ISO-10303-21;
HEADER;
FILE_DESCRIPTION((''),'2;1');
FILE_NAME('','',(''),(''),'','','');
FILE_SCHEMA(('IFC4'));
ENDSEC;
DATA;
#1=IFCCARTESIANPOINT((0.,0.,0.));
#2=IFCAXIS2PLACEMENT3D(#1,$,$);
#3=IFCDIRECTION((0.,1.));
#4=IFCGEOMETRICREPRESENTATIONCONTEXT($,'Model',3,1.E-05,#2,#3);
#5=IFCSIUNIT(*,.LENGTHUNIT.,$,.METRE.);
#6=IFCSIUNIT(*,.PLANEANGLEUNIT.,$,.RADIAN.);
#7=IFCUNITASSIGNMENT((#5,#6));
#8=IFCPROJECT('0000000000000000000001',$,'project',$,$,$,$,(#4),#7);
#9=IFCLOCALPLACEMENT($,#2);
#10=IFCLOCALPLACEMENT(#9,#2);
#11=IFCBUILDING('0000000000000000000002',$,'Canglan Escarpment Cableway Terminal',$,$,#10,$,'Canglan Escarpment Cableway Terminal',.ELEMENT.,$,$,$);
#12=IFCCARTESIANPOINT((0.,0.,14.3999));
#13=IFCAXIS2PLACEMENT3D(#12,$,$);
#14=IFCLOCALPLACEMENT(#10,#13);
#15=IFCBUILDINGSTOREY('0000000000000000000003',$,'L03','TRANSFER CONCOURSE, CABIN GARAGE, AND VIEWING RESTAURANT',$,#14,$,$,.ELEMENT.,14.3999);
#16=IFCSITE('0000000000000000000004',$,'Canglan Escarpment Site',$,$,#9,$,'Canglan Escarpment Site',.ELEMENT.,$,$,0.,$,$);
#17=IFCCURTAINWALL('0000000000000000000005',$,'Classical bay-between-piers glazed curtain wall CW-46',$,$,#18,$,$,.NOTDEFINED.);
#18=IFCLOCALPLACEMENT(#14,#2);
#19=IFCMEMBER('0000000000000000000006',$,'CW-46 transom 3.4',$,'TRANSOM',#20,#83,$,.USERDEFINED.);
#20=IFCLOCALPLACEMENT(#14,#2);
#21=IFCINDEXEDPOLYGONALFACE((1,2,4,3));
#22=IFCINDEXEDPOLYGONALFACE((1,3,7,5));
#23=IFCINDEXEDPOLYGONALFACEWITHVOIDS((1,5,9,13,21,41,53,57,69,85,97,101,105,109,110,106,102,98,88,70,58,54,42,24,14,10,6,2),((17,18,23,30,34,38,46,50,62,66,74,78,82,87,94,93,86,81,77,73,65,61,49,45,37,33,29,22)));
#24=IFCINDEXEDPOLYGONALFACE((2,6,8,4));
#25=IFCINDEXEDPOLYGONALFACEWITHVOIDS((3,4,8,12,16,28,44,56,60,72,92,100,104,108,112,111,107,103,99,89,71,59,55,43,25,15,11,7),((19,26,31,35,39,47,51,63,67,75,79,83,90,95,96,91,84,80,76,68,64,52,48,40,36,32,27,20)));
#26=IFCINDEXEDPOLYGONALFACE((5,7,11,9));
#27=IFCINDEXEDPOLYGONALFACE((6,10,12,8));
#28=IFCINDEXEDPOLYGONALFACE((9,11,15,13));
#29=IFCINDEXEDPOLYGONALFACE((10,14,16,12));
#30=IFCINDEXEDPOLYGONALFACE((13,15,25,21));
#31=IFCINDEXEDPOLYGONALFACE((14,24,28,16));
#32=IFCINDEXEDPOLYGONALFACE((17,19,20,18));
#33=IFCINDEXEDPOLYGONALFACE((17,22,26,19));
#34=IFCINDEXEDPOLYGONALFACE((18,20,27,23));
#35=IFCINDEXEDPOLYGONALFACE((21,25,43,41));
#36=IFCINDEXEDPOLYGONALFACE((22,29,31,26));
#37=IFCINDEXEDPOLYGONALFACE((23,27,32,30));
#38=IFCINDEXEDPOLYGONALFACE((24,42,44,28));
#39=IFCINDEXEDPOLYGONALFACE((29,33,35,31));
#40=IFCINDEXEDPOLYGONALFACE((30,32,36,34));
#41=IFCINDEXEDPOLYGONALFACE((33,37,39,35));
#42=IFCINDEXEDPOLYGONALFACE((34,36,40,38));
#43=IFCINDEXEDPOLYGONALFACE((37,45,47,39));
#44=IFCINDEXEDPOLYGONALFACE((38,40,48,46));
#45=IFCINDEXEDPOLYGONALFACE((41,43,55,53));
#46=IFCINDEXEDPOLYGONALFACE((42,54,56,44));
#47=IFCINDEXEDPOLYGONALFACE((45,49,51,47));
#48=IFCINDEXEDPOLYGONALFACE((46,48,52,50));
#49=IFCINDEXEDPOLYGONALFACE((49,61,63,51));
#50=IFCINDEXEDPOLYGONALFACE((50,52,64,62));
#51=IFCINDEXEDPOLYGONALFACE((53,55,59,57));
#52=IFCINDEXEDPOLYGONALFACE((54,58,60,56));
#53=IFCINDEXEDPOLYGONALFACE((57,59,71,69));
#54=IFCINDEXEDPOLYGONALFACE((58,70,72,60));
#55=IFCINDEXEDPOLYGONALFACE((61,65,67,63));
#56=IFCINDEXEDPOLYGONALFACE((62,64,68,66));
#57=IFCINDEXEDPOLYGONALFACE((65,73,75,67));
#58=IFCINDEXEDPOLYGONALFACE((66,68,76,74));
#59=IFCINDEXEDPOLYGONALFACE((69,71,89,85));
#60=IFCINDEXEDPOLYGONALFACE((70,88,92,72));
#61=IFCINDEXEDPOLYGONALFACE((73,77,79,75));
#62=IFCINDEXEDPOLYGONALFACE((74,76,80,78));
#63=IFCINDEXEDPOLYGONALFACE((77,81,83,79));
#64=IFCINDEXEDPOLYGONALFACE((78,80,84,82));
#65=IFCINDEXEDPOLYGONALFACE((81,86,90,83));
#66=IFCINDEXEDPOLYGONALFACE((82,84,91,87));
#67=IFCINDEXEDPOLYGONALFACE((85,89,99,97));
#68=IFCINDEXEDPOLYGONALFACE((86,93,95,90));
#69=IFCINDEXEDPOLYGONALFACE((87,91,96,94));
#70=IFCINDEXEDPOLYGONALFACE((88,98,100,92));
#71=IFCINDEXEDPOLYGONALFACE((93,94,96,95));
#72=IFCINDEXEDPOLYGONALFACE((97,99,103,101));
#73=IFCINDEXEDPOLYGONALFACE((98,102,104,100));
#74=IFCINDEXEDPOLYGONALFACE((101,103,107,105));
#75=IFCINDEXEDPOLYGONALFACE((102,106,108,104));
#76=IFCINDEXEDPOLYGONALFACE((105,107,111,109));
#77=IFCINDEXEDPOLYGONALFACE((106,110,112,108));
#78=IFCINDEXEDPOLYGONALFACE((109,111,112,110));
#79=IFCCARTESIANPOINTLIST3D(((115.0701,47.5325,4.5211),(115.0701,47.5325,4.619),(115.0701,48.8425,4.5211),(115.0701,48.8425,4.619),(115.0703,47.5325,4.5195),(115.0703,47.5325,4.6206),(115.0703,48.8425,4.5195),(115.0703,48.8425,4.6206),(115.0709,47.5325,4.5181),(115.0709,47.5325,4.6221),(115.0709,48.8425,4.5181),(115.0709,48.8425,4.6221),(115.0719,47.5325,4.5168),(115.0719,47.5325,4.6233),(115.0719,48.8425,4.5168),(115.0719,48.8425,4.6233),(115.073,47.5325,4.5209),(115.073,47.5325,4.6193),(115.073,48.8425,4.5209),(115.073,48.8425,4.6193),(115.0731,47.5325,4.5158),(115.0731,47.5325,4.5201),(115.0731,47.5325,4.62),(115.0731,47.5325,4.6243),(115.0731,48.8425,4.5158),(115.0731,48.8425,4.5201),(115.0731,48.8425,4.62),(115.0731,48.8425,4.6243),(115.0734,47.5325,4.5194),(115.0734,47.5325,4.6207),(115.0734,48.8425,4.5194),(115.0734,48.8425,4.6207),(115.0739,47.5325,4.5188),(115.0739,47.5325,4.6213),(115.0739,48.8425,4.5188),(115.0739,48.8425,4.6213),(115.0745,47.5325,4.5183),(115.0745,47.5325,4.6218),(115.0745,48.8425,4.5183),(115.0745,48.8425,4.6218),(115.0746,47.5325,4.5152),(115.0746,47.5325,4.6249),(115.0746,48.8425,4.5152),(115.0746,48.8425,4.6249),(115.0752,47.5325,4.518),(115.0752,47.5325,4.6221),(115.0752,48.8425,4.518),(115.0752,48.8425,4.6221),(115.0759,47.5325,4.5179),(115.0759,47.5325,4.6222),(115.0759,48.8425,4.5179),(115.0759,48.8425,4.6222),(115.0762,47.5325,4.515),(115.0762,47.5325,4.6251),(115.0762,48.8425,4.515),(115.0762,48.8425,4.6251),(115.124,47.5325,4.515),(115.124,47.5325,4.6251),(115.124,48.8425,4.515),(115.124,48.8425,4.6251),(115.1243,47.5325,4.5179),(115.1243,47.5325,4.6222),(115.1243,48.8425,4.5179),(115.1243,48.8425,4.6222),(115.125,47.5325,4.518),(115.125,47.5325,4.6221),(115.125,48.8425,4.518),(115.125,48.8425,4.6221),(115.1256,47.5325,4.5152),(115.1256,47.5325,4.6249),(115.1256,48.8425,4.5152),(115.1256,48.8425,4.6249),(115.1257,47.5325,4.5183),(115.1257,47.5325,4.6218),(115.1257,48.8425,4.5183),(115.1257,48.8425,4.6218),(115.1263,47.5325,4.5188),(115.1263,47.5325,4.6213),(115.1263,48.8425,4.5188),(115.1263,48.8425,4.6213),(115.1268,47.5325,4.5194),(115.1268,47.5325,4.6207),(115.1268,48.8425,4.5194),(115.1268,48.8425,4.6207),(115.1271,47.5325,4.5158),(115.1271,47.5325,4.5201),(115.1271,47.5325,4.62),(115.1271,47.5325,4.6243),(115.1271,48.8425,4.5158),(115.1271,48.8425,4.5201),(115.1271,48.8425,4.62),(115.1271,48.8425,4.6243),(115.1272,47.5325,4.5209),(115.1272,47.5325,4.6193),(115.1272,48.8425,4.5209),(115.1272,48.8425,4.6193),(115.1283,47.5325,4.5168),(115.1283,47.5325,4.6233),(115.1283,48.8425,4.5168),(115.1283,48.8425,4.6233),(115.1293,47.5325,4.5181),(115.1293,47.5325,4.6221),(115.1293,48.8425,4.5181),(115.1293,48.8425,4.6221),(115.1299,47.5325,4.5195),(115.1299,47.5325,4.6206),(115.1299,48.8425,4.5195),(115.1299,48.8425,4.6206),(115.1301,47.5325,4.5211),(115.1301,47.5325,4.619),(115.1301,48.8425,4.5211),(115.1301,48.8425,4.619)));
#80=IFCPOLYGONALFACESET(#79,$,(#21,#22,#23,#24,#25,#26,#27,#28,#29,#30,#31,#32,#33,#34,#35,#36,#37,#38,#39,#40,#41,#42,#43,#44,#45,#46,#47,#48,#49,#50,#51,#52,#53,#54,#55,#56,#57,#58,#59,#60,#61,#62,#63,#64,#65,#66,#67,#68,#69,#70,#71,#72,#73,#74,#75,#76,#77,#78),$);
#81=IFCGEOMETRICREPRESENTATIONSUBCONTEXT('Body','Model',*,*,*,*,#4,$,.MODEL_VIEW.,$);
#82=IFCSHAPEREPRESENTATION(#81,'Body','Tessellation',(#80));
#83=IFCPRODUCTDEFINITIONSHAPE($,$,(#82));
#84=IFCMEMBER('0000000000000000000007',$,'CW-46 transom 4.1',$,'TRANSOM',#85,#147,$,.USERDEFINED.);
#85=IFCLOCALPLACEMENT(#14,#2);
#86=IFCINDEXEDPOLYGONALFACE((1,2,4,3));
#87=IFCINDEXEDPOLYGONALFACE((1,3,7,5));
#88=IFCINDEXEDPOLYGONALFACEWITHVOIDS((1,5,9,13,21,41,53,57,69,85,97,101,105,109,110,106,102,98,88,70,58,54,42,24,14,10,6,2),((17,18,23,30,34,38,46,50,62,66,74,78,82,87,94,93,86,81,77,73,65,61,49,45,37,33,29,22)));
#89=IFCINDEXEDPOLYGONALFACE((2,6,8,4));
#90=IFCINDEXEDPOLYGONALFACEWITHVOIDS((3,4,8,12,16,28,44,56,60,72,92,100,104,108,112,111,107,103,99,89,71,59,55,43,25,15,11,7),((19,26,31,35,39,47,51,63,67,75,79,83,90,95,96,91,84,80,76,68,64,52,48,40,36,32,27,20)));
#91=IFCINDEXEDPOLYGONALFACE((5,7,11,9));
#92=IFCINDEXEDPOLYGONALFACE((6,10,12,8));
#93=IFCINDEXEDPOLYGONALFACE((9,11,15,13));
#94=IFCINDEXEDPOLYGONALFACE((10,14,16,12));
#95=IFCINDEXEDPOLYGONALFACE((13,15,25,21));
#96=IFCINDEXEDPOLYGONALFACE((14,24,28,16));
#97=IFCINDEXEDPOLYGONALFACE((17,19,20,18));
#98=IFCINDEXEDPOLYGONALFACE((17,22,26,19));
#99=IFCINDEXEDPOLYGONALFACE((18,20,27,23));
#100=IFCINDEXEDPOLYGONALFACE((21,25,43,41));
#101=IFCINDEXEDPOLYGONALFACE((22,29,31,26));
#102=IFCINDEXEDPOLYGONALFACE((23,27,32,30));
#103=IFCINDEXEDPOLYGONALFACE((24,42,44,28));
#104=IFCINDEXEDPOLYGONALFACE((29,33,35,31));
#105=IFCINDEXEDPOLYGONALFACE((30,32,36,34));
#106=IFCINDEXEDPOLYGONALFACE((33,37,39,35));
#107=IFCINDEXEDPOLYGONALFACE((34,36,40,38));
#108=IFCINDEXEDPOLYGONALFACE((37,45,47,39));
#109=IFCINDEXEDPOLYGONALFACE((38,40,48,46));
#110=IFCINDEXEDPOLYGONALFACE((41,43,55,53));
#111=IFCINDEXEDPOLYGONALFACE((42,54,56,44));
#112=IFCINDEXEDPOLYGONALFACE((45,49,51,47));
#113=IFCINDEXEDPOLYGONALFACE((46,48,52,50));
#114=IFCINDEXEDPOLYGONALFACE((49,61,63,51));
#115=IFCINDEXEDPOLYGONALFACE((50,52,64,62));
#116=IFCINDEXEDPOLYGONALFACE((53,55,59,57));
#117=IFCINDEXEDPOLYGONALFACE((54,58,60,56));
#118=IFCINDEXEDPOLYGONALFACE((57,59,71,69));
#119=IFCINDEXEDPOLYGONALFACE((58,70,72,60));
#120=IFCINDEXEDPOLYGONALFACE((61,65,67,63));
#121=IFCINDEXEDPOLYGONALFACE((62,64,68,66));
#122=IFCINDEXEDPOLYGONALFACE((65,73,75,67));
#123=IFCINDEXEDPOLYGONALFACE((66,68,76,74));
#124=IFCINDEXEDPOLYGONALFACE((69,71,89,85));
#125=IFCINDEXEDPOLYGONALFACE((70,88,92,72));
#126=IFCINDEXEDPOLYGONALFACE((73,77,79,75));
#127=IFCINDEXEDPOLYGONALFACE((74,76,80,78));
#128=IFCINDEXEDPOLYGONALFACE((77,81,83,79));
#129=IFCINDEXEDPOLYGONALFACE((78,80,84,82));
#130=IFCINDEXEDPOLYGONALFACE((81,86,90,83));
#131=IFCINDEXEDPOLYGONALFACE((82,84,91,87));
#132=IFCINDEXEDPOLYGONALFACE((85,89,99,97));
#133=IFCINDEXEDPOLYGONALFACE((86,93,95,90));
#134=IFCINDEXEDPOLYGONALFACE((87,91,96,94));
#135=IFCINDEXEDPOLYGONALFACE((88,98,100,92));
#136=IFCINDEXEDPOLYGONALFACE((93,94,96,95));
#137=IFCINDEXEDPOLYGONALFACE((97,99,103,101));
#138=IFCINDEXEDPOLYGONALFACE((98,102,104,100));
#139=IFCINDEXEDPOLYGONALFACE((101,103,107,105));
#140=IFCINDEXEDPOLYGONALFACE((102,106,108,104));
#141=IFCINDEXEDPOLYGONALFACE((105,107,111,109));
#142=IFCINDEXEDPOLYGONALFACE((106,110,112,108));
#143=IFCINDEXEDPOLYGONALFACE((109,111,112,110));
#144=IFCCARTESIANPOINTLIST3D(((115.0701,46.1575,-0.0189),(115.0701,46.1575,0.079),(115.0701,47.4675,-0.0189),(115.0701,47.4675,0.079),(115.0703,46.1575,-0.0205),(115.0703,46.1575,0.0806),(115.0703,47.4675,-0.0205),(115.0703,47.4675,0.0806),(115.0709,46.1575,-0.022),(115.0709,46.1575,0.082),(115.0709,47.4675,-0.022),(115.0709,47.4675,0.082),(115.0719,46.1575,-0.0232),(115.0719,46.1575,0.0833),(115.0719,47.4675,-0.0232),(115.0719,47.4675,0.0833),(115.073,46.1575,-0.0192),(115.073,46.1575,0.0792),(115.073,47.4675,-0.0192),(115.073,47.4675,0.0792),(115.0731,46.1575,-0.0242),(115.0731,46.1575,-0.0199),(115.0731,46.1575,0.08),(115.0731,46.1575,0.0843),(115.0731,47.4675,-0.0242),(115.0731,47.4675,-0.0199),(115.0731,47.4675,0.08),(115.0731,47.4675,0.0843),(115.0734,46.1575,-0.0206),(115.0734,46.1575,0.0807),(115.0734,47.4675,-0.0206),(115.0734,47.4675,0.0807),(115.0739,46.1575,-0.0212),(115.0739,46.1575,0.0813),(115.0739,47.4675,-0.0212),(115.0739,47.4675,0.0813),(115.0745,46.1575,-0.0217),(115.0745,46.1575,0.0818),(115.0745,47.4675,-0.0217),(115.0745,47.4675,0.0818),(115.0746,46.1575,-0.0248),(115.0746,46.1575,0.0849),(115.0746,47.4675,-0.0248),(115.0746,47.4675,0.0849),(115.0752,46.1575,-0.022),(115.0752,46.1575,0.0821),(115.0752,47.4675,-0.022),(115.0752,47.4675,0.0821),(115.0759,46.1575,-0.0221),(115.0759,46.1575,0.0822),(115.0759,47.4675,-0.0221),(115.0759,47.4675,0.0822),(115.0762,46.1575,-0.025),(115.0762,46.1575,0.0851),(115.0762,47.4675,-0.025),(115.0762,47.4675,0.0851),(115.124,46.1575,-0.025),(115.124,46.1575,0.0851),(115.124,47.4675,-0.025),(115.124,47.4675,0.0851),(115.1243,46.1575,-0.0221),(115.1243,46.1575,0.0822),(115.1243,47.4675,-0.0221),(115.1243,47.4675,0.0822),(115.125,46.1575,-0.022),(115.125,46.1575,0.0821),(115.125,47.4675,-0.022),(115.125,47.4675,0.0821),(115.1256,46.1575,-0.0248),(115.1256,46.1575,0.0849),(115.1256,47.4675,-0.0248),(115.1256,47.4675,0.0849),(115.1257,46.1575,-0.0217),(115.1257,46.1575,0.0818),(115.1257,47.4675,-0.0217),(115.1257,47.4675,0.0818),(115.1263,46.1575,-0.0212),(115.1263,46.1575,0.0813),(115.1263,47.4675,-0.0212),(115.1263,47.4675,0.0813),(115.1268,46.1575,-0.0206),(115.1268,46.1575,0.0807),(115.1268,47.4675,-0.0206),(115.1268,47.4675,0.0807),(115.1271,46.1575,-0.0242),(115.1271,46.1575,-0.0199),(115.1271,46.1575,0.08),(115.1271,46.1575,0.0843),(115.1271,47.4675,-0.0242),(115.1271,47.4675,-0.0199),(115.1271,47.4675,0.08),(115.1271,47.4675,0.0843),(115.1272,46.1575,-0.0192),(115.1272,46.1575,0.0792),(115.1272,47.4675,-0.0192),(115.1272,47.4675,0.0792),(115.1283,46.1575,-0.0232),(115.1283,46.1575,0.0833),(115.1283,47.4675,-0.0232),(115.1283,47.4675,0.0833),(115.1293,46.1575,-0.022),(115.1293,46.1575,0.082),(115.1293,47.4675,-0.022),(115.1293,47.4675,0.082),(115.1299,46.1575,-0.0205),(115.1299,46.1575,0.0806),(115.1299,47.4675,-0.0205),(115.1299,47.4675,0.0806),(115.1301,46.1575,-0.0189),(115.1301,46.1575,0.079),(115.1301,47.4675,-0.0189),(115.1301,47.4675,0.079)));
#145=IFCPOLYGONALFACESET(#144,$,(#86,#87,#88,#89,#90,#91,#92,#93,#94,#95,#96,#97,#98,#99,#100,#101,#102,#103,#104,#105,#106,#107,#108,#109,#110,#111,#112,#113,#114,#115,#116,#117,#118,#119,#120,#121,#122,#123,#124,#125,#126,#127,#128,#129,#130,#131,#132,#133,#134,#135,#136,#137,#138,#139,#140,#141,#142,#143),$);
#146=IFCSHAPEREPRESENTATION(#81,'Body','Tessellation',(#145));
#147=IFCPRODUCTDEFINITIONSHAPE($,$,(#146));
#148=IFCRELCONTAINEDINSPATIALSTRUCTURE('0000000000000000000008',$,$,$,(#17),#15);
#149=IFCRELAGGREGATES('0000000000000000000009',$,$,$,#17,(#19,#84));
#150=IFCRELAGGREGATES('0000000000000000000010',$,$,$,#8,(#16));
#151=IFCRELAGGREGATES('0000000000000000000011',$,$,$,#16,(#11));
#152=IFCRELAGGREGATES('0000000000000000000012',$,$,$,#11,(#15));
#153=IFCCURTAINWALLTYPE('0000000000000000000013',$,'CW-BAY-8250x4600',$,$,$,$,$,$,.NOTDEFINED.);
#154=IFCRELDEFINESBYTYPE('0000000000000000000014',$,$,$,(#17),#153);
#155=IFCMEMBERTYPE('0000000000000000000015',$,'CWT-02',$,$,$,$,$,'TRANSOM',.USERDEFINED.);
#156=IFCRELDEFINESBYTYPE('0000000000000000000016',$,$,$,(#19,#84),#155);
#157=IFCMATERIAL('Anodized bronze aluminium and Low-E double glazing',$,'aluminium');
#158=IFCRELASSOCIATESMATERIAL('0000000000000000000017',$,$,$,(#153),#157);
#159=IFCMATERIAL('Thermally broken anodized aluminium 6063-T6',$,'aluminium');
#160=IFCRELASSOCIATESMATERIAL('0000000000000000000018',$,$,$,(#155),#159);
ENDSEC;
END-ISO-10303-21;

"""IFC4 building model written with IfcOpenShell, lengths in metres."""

from ifc_helpers import new_model, si_unit, direction, frame, origin, origin_2d, place, context, subcontext, project, spatial, hollow_rectangle, extrude, material, material_profile, profile_set, type_object, element, aggregate, save


model = new_model("IFC4")

# Units and contexts
model_context = context("Model", 3, precision=1e-05, world=origin(), true_north=direction((0.0, 1.0)))
body_context = subcontext(model_context, "Body", "Model", "MODEL_VIEW")
ifc_project = project(units=[si_unit("LENGTHUNIT", "METRE"), si_unit("PLANEANGLEUNIT", "RADIAN")], contexts=[model_context])

# Site, building, storey
site_placement = place(None, origin())
site = spatial("IfcSite", under=ifc_project, at=site_placement, Name="Canglan Escarpment Site", LongName="Canglan Escarpment Site", CompositionType="ELEMENT", RefElevation=0.0)
building_placement = place(site_placement, origin())
building = spatial("IfcBuilding", under=site, at=building_placement, Name="Canglan Escarpment Cableway Terminal", LongName="Canglan Escarpment Cableway Terminal", CompositionType="ELEMENT")
storey_placement = place(building_placement, frame((0.0, 0.0, 14.3999)))
storey = spatial("IfcBuildingStorey", under=building, at=storey_placement, Name="L03", Description="TRANSFER CONCOURSE, CABIN GARAGE, AND VIEWING RESTAURANT", CompositionType="ELEMENT", Elevation=14.3999)

# Curtain wall, members
ifc_material_1 = material(Name="Anodized bronze aluminium and Low-E double glazing", Category="aluminium")
curtain_wall_type = type_object("IfcCurtainWallType", Name="CW-BAY-8250x4600", PredefinedType="NOTDEFINED", material=ifc_material_1)
curtain_wall_placement = place(storey_placement, origin())
curtain_wall = element("IfcCurtainWall", 1, at=curtain_wall_placement, inside=storey, type_object=curtain_wall_type, Name="Classical bay-between-piers glazed curtain wall CW-46", PredefinedType="NOTDEFINED")
ifc_material_2 = material(Name="Thermally broken anodized aluminium 6063-T6", Category="aluminium")
ifc_material_profile_1 = material_profile(ifc_material_2, hollow_rectangle(XDim=0.0601, YDim=0.1101, WallThickness=0.0029, InnerFilletRadius=0.0029, OuterFilletRadius=0.0061, at=origin_2d()), Name="ALU-TRAN 60x110x3")
ifc_profile_set_1 = profile_set([ifc_material_profile_1], Name="Thermally broken anodized aluminium 6063-T6")
member_type_1 = type_object("IfcMemberType", Name="CWT-02", ElementType="TRANSOM", PredefinedType="USERDEFINED", material=ifc_profile_set_1)
member_1_placement = place(storey_placement, frame((115.1001, 48.8425, 4.5701), z_axis=(0.0, -1.0, 0.0), x_axis=(1.0, 0.0, 0.0)))
member_1 = element("IfcMember", 2, at=member_1_placement, type_object=member_type_1, Name="CW-46 transom 3.4", ObjectType="TRANSOM", PredefinedType="USERDEFINED", context=body_context, shape_type="SweptSolid", body=[
    extrude(hollow_rectangle(XDim=0.0601, YDim=0.1101, WallThickness=0.0029, InnerFilletRadius=0.0029, OuterFilletRadius=0.0061, at=origin_2d()), origin(), (0.0, 0.0, 1.0), 1.3101),
])
member_2_placement = place(storey_placement, frame((115.1001, 47.4675, 0.03), z_axis=(0.0, -1.0, 0.0), x_axis=(1.0, 0.0, 0.0)))
member_2 = element("IfcMember", 3, at=member_2_placement, type_object=member_type_1, Name="CW-46 transom 4.1", ObjectType="TRANSOM", PredefinedType="USERDEFINED", context=body_context, shape_type="SweptSolid", body=[
    extrude(hollow_rectangle(XDim=0.0601, YDim=0.1101, WallThickness=0.0029, InnerFilletRadius=0.0029, OuterFilletRadius=0.0061, at=origin_2d()), origin(), (0.0, 0.0, 1.0), 1.3101),
])
aggregate(curtain_wall, [member_1, member_2])

save(model, "model.ifc")
